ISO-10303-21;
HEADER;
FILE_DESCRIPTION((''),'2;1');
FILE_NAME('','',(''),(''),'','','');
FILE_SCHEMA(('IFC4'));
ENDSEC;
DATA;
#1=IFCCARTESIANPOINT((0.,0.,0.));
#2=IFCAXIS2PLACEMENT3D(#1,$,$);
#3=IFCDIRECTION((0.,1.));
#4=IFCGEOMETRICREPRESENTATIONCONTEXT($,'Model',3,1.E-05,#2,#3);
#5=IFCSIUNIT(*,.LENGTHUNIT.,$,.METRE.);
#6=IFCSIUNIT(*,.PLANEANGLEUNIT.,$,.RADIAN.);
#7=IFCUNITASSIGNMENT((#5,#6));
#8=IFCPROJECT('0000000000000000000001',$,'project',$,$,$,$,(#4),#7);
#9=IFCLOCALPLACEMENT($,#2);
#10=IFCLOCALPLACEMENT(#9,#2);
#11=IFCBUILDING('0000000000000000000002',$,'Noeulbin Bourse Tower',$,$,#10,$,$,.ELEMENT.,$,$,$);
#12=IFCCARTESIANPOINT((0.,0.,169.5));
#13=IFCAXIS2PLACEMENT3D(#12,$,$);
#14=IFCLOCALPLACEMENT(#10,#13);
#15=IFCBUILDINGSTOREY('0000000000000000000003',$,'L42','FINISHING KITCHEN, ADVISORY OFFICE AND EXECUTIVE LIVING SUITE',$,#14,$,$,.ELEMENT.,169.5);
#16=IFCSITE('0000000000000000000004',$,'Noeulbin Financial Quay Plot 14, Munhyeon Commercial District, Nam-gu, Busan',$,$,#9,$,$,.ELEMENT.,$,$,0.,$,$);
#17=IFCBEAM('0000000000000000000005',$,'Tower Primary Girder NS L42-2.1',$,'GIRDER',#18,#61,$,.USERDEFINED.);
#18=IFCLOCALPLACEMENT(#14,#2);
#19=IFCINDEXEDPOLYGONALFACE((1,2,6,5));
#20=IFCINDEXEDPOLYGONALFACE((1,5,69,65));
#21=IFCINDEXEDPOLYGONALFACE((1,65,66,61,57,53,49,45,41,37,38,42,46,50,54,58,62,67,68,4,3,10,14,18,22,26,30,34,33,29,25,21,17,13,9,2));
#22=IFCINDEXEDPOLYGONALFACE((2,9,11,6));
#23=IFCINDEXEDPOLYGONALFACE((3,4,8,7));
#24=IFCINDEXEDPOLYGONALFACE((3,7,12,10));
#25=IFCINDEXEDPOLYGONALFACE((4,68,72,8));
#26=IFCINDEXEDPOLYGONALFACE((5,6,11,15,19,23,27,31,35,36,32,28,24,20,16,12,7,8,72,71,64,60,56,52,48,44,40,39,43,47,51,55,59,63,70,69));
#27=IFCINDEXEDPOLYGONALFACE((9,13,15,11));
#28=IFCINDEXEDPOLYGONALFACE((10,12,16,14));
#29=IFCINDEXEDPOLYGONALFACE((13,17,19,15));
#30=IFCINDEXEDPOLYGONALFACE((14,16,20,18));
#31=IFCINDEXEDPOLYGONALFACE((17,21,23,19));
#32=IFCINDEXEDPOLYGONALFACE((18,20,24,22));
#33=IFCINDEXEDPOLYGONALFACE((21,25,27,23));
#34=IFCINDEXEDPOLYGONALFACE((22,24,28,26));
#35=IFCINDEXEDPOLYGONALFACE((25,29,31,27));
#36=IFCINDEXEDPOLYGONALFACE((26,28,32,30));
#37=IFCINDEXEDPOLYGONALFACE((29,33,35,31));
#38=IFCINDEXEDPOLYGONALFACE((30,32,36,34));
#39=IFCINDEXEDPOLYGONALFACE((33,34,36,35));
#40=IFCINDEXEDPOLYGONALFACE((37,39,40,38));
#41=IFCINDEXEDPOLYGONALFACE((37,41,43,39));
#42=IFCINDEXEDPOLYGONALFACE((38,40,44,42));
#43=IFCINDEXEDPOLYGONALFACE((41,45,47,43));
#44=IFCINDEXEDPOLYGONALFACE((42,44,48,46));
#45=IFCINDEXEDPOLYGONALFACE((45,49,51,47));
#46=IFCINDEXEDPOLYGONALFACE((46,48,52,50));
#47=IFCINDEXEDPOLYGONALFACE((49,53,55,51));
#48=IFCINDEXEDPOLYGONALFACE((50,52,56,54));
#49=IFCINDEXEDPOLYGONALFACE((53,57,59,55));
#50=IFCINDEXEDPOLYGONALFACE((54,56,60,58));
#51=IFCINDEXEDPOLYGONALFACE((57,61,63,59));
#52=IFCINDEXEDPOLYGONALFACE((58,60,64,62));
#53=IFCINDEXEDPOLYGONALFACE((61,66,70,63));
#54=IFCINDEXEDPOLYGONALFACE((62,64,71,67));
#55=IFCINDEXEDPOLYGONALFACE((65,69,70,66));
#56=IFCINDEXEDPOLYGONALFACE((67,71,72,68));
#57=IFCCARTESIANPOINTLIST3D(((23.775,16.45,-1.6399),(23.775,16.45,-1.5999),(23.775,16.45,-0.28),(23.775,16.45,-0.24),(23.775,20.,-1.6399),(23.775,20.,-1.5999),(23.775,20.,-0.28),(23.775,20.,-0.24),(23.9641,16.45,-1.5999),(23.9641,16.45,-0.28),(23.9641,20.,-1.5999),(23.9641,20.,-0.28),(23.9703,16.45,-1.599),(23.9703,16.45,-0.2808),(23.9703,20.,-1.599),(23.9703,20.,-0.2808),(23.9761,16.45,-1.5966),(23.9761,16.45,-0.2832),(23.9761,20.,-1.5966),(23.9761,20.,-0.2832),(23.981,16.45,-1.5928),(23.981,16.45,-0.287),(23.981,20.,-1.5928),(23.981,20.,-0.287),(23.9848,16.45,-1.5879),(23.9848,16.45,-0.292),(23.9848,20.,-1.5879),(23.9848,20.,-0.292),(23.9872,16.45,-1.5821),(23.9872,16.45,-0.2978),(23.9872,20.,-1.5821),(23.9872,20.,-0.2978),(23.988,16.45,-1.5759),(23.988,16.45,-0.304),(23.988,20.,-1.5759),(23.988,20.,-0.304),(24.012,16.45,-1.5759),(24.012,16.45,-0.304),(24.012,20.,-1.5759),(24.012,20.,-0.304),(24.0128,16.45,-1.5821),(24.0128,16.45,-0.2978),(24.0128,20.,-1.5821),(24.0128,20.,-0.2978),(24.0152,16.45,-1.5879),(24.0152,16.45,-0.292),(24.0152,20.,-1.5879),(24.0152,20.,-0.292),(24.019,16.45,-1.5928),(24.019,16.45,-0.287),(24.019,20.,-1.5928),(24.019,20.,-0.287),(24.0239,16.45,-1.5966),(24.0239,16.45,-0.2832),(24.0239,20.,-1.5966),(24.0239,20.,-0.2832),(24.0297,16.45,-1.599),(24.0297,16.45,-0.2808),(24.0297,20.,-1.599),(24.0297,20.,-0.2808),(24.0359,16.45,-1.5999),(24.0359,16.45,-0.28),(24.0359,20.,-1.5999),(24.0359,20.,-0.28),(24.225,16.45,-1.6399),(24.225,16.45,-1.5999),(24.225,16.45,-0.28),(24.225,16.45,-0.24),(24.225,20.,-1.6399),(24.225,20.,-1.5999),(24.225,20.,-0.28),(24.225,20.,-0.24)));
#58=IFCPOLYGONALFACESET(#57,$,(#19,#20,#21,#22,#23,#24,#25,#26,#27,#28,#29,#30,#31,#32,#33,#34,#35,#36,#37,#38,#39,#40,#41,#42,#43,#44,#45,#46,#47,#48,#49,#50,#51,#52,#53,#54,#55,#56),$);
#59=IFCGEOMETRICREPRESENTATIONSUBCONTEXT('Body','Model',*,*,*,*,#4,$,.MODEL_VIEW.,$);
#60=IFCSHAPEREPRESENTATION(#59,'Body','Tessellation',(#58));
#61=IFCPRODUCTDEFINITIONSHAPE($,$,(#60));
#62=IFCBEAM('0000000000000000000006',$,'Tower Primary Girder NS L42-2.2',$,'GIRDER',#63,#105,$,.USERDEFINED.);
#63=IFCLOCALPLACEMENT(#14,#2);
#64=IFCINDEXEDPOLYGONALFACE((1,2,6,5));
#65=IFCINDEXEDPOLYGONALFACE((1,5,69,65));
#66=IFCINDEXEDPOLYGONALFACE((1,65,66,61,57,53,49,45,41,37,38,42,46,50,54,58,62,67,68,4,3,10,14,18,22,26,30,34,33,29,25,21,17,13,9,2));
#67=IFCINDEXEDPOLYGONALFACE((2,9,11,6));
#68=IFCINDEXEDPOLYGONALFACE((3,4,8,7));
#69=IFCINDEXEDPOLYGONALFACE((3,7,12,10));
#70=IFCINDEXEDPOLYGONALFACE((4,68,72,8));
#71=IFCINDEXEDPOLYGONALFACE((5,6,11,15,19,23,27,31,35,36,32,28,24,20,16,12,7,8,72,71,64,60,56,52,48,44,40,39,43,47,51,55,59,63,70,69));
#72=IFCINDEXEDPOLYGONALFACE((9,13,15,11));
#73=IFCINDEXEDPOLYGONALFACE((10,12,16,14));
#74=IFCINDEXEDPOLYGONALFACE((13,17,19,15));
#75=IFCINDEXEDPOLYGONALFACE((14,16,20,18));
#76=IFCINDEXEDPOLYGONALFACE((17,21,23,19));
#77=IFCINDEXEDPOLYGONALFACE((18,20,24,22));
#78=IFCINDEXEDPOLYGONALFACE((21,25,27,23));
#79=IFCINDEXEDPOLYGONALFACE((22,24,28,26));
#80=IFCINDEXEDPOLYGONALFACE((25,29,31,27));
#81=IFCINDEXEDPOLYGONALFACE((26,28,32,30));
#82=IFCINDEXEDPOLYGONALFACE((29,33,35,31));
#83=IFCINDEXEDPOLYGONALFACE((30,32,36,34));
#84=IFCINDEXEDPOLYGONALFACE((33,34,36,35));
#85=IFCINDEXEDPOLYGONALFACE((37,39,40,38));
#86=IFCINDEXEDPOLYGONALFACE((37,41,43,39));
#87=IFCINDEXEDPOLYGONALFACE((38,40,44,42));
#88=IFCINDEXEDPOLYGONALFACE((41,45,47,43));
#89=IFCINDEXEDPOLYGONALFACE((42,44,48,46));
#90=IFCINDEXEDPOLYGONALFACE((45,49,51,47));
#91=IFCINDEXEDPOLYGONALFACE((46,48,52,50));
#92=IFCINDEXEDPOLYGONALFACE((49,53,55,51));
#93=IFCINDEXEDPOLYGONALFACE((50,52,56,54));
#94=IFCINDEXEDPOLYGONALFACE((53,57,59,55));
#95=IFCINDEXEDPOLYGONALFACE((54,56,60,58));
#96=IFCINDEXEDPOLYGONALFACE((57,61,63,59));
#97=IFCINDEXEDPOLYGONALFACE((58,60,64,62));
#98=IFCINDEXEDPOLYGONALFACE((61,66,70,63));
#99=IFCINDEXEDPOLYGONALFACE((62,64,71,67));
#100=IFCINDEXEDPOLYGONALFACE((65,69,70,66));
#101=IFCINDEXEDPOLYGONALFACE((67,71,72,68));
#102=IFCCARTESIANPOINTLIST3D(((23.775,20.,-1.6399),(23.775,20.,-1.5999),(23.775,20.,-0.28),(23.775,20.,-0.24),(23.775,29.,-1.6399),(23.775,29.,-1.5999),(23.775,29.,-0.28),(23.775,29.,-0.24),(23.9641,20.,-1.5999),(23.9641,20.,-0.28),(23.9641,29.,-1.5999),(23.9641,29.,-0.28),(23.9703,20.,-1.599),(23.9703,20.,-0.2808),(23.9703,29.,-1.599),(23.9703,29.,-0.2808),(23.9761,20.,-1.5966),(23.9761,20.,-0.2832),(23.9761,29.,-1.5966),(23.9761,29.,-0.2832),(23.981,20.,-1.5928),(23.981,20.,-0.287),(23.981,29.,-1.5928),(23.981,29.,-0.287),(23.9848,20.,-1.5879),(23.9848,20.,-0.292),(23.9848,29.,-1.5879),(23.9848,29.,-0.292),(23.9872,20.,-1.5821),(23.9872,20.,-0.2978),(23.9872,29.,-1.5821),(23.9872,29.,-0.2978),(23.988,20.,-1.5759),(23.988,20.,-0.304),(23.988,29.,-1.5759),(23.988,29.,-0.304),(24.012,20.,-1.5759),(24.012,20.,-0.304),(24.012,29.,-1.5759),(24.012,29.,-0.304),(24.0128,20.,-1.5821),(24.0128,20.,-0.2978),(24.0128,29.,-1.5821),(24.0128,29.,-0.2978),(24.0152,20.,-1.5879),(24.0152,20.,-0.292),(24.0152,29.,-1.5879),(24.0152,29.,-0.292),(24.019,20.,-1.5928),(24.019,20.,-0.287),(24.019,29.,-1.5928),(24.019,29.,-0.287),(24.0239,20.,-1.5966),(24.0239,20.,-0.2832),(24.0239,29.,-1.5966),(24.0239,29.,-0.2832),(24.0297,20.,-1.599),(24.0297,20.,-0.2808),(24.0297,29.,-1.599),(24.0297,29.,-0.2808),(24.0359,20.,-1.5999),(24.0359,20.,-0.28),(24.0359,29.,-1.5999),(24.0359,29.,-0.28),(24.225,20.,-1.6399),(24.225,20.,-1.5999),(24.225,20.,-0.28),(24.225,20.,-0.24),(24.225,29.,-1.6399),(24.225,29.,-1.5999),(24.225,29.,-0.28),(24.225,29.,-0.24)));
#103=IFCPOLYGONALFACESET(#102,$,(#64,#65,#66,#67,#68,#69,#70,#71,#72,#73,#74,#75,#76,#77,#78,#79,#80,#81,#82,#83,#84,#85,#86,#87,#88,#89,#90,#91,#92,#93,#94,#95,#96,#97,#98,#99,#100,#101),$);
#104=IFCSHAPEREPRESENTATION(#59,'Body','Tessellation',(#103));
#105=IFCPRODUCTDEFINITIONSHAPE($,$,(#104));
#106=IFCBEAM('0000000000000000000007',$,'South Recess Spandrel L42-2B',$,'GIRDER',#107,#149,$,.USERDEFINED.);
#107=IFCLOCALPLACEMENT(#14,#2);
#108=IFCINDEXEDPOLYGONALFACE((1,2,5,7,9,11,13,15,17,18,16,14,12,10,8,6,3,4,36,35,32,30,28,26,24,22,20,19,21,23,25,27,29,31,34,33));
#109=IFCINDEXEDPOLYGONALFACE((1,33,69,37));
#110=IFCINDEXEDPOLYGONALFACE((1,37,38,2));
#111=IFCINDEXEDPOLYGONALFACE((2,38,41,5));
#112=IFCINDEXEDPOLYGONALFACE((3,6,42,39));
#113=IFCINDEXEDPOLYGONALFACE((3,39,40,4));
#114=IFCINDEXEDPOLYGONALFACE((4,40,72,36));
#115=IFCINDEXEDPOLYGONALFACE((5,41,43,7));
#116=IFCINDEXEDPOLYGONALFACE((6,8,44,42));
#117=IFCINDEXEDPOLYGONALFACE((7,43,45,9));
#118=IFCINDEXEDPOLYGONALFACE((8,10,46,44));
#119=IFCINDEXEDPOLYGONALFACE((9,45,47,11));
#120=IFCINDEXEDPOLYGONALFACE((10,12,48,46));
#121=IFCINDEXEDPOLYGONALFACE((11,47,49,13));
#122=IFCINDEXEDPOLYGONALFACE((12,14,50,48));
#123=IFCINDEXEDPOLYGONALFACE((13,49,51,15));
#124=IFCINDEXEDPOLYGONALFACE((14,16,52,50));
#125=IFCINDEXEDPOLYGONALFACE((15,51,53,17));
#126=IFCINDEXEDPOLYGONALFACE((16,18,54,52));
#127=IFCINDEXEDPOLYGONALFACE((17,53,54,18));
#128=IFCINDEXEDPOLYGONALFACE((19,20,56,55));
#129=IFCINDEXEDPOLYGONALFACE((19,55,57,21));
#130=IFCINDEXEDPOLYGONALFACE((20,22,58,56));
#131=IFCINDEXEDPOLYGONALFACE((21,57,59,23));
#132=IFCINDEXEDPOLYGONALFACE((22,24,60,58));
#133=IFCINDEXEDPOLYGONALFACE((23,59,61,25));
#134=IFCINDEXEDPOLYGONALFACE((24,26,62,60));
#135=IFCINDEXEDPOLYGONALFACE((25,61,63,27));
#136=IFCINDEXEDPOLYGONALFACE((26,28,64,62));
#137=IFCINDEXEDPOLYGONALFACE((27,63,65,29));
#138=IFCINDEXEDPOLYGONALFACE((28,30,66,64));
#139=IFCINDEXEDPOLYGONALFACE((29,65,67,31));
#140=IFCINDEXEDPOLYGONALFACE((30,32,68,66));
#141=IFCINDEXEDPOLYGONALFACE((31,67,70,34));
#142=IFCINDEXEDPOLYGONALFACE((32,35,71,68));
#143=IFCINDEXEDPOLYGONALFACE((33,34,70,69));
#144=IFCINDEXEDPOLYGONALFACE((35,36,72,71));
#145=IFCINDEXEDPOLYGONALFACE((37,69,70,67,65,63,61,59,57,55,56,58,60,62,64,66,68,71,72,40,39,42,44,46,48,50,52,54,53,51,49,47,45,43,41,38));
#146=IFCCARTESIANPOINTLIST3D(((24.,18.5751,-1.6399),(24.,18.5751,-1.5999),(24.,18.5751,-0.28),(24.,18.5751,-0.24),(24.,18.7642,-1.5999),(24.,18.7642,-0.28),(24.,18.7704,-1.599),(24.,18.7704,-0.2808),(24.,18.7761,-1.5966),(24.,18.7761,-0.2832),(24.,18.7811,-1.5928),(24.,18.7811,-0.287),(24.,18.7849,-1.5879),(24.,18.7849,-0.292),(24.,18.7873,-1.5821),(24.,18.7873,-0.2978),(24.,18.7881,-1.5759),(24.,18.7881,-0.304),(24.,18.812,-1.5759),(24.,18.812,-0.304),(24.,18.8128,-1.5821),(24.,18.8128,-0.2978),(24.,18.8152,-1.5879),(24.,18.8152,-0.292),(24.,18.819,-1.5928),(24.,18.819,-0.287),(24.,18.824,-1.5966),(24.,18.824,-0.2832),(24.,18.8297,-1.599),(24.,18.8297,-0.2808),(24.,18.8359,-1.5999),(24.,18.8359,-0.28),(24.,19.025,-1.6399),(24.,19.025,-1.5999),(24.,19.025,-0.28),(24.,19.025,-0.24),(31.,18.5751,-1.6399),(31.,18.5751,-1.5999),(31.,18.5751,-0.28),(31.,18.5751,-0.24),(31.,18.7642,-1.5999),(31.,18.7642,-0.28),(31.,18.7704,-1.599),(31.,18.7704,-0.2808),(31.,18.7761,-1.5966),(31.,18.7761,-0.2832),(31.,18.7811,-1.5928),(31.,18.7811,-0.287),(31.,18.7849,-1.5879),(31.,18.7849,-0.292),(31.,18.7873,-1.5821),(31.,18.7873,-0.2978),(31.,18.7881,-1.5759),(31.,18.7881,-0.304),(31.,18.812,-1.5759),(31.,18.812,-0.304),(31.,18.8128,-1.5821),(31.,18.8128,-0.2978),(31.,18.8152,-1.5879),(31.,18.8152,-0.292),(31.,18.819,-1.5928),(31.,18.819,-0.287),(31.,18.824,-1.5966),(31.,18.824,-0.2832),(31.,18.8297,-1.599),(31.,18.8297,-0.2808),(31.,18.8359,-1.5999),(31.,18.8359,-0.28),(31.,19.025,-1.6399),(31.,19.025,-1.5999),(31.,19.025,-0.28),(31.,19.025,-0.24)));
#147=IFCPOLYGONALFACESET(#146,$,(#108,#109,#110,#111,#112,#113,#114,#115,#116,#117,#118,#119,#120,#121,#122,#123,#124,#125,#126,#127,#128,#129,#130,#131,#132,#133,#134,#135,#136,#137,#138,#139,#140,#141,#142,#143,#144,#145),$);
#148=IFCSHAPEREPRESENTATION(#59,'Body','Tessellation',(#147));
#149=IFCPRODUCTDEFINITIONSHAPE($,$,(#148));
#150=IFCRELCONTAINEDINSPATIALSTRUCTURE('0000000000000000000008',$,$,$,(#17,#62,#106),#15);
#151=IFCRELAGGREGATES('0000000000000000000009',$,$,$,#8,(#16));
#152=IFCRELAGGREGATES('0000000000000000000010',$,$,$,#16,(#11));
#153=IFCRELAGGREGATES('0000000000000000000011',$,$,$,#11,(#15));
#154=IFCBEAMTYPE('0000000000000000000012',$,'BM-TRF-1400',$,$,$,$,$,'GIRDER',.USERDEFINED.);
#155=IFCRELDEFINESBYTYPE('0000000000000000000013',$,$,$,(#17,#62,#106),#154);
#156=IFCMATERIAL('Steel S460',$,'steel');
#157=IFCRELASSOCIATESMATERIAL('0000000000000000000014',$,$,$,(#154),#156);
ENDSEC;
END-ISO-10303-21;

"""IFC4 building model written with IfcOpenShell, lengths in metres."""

from ifc_helpers import new_model, si_unit, direction, frame, origin, origin_2d, place, context, subcontext, project, spatial, i_section, extrude, material, material_profile, profile_set, type_object, element, save


model = new_model("IFC4")

# Units and contexts
model_context = context("Model", 3, precision=1e-05, world=origin(), true_north=direction((0.0, 1.0)))
body_context = subcontext(model_context, "Body", "Model", "MODEL_VIEW")
ifc_project = project(units=[si_unit("LENGTHUNIT", "METRE"), si_unit("PLANEANGLEUNIT", "RADIAN")], contexts=[model_context])

# Site, building, storey
site_placement = place(None, origin())
site = spatial("IfcSite", under=ifc_project, at=site_placement, Name="Noeulbin Financial Quay Plot 14, Munhyeon Commercial District, Nam-gu, Busan", CompositionType="ELEMENT", RefElevation=0.0)
building_placement = place(site_placement, origin())
building = spatial("IfcBuilding", under=site, at=building_placement, Name="Noeulbin Bourse Tower", CompositionType="ELEMENT")
storey_placement = place(building_placement, frame((0.0, 0.0, 169.5)))
storey = spatial("IfcBuildingStorey", under=building, at=storey_placement, Name="L42", Description="FINISHING KITCHEN, ADVISORY OFFICE AND EXECUTIVE LIVING SUITE", CompositionType="ELEMENT", Elevation=169.5)

# Shared definitions
ifc_material_1 = material(Name="Steel S460", Category="steel")

# Beams
ifc_material_profile_1 = material_profile(ifc_material_1, i_section(OverallWidth=0.45, OverallDepth=1.3999, WebThickness=0.0239, FlangeThickness=0.04, FilletRadius=0.0239, at=origin_2d()), Name="PG-1400x450x24x40", Category="LoadBearing")
ifc_profile_set_1 = profile_set([ifc_material_profile_1], Name="Steel S460")
beam_type_1 = type_object("IfcBeamType", Name="BM-TRF-1400", ElementType="GIRDER", PredefinedType="USERDEFINED", material=ifc_profile_set_1)
beam_1_placement = place(storey_placement, frame((24.0, 16.45, -0.9399), z_axis=(0.0, 1.0, 0.0), x_axis=(-1.0, 0.0, 0.0)))
element("IfcBeam", 1, at=beam_1_placement, inside=storey, type_object=beam_type_1, Name="Tower Primary Girder NS L42-2.1", ObjectType="GIRDER", PredefinedType="USERDEFINED", context=body_context, shape_type="SweptSolid", body=[
    extrude(i_section(OverallWidth=0.45, OverallDepth=1.3999, WebThickness=0.0239, FlangeThickness=0.04, FilletRadius=0.0239, at=origin_2d()), origin(), (0.0, 0.0, 1.0), 3.55),
])
beam_2_placement = place(storey_placement, frame((24.0, 20.0, -0.9399), z_axis=(0.0, 1.0, 0.0), x_axis=(-1.0, 0.0, 0.0)))
element("IfcBeam", 2, at=beam_2_placement, inside=storey, type_object=beam_type_1, Name="Tower Primary Girder NS L42-2.2", ObjectType="GIRDER", PredefinedType="USERDEFINED", context=body_context, shape_type="SweptSolid", body=[
    extrude(i_section(OverallWidth=0.45, OverallDepth=1.3999, WebThickness=0.0239, FlangeThickness=0.04, FilletRadius=0.0239, at=origin_2d()), origin(), (0.0, 0.0, 1.0), 9.0),
])
beam_3_placement = place(storey_placement, frame((24.0, 18.8, -0.9399), z_axis=(1.0, 0.0, 0.0), x_axis=(0.0, 1.0, 0.0)))
element("IfcBeam", 3, at=beam_3_placement, inside=storey, type_object=beam_type_1, Name="South Recess Spandrel L42-2B", ObjectType="GIRDER", PredefinedType="USERDEFINED", context=body_context, shape_type="SweptSolid", body=[
    extrude(i_section(OverallWidth=0.45, OverallDepth=1.3999, WebThickness=0.0239, FlangeThickness=0.04, FilletRadius=0.0239, at=origin_2d()), origin(), (0.0, 0.0, 1.0), 7.0),
])

save(model, "model.ifc")
